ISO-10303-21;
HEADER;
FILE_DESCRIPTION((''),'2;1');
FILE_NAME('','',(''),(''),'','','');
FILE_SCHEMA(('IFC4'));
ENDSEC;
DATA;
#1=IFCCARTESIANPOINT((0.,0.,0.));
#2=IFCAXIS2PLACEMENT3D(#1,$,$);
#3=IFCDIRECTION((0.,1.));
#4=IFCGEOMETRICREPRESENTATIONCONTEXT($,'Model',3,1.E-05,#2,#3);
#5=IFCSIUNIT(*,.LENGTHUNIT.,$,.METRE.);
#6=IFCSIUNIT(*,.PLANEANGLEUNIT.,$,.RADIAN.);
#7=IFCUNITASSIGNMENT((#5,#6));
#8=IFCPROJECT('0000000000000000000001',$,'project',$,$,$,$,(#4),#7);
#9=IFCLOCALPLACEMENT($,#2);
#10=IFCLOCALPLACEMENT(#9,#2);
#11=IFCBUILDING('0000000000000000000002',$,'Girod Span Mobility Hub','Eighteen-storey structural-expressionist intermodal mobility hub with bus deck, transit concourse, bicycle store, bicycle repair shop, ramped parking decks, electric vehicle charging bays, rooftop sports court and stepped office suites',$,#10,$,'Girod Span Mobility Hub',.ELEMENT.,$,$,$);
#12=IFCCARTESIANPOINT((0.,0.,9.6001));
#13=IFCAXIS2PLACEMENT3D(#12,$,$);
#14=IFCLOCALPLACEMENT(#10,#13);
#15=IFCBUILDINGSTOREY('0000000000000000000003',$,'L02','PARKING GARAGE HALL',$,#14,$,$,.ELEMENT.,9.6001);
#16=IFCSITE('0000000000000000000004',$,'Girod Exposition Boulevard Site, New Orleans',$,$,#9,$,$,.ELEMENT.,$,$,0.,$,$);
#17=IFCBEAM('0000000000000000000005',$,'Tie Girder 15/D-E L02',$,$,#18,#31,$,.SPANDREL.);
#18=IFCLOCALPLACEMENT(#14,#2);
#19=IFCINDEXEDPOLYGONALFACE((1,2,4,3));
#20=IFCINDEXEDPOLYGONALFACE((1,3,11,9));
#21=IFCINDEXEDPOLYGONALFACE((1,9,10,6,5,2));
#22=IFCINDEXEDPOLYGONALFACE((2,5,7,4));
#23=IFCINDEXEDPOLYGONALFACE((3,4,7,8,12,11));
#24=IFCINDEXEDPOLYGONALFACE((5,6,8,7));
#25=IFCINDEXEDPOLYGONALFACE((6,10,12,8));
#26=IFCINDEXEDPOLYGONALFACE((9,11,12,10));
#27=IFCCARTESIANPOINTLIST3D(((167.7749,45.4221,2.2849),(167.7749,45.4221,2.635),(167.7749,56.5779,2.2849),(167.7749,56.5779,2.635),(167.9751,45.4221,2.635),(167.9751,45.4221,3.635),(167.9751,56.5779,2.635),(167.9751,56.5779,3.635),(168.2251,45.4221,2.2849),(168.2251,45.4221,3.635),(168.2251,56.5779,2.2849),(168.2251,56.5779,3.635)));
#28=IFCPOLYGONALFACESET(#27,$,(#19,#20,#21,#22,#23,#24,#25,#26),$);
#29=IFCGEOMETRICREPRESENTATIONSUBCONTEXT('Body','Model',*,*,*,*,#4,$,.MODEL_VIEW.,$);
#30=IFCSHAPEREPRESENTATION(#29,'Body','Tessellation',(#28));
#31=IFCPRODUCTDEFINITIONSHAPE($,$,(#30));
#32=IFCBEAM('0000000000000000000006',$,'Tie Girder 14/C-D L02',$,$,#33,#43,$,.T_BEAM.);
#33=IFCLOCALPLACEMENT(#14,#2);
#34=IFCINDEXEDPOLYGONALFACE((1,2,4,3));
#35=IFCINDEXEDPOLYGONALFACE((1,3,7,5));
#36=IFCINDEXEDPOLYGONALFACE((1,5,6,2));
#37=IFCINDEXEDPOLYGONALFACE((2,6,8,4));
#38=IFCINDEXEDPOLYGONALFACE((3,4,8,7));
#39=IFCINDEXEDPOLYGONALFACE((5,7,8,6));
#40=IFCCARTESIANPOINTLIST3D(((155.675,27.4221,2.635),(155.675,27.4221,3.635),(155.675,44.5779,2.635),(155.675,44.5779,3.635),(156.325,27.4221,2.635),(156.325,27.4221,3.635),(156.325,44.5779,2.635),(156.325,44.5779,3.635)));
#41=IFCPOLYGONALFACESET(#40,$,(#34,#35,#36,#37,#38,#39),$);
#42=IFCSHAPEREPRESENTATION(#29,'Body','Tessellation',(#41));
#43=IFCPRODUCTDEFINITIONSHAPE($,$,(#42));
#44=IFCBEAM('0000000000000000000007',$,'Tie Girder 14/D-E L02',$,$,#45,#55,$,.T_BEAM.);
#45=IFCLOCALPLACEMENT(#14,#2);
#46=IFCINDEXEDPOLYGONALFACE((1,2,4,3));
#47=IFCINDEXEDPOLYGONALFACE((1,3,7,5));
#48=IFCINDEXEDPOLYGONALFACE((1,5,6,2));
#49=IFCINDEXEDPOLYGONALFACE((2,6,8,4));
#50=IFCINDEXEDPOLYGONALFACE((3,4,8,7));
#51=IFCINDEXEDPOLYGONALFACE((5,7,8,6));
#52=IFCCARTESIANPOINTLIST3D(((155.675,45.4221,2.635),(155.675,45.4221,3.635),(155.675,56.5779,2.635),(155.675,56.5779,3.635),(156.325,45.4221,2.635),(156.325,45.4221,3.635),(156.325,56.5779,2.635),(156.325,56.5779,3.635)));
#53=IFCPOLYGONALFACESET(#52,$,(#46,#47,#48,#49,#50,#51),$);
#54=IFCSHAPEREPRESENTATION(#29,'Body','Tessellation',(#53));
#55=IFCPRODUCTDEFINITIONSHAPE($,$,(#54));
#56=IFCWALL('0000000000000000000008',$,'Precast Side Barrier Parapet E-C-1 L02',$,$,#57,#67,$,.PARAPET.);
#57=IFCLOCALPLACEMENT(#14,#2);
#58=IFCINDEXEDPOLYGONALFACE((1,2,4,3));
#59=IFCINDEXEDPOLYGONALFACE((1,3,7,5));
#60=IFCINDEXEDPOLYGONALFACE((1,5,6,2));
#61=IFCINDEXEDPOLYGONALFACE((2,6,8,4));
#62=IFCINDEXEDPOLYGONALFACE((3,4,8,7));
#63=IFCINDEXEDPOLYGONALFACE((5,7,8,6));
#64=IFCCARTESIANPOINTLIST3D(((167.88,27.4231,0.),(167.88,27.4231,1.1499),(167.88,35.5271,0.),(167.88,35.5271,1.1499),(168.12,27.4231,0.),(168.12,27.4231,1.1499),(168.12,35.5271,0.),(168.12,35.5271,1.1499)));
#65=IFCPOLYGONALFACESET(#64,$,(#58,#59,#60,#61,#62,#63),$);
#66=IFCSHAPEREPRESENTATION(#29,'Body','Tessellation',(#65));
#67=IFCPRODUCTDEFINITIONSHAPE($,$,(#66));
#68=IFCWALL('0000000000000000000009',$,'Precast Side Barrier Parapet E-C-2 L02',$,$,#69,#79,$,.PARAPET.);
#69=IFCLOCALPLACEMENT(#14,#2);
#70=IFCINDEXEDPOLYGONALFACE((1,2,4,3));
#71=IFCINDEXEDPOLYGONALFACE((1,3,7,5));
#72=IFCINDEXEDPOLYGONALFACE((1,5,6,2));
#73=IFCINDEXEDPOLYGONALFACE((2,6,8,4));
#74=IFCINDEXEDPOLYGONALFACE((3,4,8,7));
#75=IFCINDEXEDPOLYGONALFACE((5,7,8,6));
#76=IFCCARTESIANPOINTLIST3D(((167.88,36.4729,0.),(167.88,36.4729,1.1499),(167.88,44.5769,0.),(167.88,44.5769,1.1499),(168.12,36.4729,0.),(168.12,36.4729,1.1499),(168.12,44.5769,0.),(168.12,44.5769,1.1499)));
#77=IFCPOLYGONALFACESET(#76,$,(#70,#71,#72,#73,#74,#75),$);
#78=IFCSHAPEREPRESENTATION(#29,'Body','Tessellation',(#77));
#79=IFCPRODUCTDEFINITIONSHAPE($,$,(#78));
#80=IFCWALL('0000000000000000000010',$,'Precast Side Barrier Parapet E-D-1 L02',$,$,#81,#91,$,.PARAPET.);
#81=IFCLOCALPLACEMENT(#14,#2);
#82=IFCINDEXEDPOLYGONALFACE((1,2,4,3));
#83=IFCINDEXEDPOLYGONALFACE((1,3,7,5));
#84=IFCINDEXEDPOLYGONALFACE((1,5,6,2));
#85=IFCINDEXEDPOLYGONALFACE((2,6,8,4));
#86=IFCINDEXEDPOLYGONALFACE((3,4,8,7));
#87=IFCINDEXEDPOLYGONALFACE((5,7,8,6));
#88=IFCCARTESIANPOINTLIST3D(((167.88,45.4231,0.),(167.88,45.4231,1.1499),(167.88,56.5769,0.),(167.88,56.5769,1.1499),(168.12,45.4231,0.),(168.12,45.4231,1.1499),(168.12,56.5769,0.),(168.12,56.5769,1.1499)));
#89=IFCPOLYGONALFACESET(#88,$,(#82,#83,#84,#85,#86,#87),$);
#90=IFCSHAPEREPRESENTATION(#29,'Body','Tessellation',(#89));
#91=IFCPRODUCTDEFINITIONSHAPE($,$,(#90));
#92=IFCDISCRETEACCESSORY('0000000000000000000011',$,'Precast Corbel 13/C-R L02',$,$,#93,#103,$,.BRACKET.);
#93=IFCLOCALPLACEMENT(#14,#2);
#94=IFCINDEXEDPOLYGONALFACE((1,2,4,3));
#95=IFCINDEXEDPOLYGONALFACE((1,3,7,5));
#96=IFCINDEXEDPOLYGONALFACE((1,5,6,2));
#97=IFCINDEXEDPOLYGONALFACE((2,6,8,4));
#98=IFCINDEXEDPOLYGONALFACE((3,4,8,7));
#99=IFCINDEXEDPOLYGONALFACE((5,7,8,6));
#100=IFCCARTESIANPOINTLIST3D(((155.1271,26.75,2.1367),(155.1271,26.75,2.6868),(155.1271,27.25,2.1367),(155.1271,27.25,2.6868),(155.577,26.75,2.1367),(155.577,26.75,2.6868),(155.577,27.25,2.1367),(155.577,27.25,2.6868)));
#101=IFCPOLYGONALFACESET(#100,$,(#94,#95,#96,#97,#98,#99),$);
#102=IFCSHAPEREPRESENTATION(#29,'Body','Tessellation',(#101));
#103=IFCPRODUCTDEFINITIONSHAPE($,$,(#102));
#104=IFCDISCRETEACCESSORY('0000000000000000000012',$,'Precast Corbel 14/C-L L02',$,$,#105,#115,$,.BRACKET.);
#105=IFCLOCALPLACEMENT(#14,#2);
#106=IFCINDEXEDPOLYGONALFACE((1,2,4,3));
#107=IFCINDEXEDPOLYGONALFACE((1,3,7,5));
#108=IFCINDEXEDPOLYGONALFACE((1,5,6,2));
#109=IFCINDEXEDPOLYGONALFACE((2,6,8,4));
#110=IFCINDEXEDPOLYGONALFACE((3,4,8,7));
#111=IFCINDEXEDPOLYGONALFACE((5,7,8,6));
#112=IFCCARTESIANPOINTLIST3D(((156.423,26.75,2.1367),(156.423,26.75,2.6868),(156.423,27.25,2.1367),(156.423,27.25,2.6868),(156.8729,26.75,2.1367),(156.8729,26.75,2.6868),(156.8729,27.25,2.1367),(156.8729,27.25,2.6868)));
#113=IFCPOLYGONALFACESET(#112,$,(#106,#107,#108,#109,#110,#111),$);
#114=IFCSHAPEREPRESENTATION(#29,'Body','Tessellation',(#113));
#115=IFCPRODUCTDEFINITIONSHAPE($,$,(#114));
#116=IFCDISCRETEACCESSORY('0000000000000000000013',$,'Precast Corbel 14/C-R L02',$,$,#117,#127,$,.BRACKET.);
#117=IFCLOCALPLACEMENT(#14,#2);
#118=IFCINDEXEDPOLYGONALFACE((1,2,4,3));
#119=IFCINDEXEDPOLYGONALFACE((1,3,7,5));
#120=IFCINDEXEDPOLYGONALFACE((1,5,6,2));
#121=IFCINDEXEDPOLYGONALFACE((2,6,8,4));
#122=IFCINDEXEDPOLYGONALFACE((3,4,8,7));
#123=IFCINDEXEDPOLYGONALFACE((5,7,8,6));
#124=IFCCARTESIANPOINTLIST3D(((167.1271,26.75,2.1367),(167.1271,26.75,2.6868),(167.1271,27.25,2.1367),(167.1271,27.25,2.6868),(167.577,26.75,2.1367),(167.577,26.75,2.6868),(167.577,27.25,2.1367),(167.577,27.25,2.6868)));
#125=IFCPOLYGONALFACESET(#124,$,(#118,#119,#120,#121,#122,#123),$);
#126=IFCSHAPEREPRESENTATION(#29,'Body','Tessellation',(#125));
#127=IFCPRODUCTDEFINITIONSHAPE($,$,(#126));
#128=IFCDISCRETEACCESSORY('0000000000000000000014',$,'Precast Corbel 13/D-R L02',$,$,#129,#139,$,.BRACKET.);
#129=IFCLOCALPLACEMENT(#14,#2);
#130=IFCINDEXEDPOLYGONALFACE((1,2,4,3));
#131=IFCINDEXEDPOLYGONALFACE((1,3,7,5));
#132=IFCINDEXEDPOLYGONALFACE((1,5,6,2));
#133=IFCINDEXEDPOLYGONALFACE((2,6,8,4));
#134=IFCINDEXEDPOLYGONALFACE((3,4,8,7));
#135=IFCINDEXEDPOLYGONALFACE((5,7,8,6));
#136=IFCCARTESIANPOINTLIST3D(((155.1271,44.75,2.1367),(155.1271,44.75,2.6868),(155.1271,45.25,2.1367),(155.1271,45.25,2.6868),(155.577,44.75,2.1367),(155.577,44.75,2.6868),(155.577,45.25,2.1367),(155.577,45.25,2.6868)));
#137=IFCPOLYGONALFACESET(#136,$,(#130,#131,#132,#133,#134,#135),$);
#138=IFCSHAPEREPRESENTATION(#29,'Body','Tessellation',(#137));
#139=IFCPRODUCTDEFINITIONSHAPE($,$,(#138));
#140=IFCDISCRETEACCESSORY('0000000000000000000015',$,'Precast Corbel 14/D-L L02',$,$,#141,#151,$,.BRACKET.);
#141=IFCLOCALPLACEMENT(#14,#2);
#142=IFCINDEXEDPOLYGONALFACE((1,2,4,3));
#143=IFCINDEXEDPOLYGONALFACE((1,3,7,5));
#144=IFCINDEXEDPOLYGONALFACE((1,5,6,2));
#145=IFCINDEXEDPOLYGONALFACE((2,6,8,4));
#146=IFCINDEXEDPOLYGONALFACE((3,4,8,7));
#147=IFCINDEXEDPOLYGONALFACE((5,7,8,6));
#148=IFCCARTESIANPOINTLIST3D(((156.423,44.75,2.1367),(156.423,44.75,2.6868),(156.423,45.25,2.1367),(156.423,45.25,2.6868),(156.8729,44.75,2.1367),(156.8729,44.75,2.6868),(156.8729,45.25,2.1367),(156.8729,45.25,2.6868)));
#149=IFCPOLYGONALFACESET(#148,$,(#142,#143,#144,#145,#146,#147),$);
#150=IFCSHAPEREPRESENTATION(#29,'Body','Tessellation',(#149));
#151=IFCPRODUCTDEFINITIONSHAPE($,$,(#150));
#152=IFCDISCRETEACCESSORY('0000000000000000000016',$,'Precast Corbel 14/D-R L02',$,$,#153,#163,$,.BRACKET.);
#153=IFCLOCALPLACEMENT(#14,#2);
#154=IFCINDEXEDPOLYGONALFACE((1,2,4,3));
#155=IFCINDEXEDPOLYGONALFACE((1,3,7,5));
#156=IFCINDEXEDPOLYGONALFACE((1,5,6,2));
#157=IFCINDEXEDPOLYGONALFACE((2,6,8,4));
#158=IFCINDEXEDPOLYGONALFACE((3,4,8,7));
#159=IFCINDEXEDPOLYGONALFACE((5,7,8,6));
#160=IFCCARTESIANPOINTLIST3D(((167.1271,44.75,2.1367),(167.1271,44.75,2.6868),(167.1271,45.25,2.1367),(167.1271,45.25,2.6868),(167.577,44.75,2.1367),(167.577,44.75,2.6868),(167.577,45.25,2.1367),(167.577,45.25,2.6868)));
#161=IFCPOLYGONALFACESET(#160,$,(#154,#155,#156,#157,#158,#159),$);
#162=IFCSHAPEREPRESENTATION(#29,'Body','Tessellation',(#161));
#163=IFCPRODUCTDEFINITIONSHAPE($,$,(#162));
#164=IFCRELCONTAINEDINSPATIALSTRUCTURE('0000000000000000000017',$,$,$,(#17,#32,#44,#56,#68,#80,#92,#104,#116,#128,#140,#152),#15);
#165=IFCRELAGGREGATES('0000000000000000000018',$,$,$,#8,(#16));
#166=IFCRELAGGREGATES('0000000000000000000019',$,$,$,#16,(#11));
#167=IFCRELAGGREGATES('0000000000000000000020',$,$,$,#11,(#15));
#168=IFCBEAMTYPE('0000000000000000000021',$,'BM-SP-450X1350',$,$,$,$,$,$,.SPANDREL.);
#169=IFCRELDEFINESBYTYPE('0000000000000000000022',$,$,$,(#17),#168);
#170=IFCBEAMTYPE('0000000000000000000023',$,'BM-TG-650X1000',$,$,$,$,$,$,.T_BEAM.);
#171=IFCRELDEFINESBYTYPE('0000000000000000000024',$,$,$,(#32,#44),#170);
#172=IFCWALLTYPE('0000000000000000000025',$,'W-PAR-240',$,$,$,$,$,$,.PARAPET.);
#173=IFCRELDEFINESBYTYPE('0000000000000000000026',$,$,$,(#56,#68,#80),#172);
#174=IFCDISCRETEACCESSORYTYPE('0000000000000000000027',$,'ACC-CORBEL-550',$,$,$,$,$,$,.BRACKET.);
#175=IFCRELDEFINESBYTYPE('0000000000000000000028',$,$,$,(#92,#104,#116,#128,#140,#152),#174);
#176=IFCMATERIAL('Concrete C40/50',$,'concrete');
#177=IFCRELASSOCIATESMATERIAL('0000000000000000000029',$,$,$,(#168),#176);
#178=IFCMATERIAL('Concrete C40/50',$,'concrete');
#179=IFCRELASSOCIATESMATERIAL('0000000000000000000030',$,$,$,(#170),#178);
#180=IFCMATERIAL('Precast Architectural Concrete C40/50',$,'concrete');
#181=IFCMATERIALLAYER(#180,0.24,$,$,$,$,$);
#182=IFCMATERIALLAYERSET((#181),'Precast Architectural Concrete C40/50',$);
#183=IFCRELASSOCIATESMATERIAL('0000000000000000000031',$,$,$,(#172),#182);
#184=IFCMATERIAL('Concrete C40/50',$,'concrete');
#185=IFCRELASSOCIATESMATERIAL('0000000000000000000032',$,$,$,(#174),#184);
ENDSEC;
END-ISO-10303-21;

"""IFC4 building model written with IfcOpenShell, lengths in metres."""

from ifc_helpers import new_model, si_unit, direction, frame, frame_2d, origin, origin_2d, place, context, subcontext, project, spatial, polyline, rectangle, outline, extrude, material, layer, layer_set, material_profile, profile_set, type_object, element, save


model = new_model("IFC4")

# Units and contexts
model_context = context("Model", 3, precision=1e-05, world=origin(), true_north=direction((0.0, 1.0)))
body_context = subcontext(model_context, "Body", "Model", "MODEL_VIEW")
ifc_project = project(units=[si_unit("LENGTHUNIT", "METRE"), si_unit("PLANEANGLEUNIT", "RADIAN")], contexts=[model_context])

# Site, building, storey
site_placement = place(None, origin())
site = spatial("IfcSite", under=ifc_project, at=site_placement, Name="Girod Exposition Boulevard Site, New Orleans", CompositionType="ELEMENT", RefElevation=0.0)
building_placement = place(site_placement, origin())
building = spatial("IfcBuilding", under=site, at=building_placement, Name="Girod Span Mobility Hub", Description="Eighteen-storey structural-expressionist intermodal mobility hub with bus deck, transit concourse, bicycle store, bicycle repair shop, ramped parking decks, electric vehicle charging bays, rooftop sports court and stepped office suites", LongName="Girod Span Mobility Hub", CompositionType="ELEMENT")
storey_placement = place(building_placement, frame((0.0, 0.0, 9.6001)))
storey = spatial("IfcBuildingStorey", under=building, at=storey_placement, Name="L02", Description="PARKING GARAGE HALL", CompositionType="ELEMENT", Elevation=9.6001)

# Beams
ifc_material_1 = material(Name="Concrete C40/50", Category="concrete")
ifc_material_profile_1 = material_profile(ifc_material_1, outline(polyline([(-0.2251, -0.675), (0.2251, -0.675), (0.2251, -0.325), (0.0249, -0.325), (0.0249, 0.675), (-0.2251, 0.675), (-0.2251, -0.675)])), Name="SP-450X1350")
ifc_profile_set_1 = profile_set([ifc_material_profile_1], Name="Concrete C40/50")
beam_type_1 = type_object("IfcBeamType", Name="BM-SP-450X1350", PredefinedType="SPANDREL", material=ifc_profile_set_1)
beam_1_placement = place(storey_placement, frame((168.0, 45.4221, 2.96), z_axis=(0.0, 1.0, 0.0), x_axis=(-1.0, 0.0, 0.0)))
element("IfcBeam", 1, at=beam_1_placement, inside=storey, type_object=beam_type_1, Name="Tie Girder 15/D-E L02", PredefinedType="SPANDREL", context=body_context, shape_type="SweptSolid", body=[
    extrude(outline(polyline([(-0.2251, -0.675), (0.2251, -0.675), (0.2251, -0.325), (0.0249, -0.325), (0.0249, 0.675), (-0.2251, 0.675), (-0.2251, -0.675)])), origin(), (0.0, 0.0, 1.0), 11.1558),
])
ifc_material_2 = material(Name="Concrete C40/50", Category="concrete")
ifc_material_profile_2 = material_profile(ifc_material_2, rectangle(XDim=0.6499, YDim=1.0, at=origin_2d()), Name="TG-650X1000")
ifc_profile_set_2 = profile_set([ifc_material_profile_2], Name="Concrete C40/50")
beam_type_2 = type_object("IfcBeamType", Name="BM-TG-650X1000", PredefinedType="T_BEAM", material=ifc_profile_set_2)
beam_2_placement = place(storey_placement, frame((156.0, 27.4221, 3.135), z_axis=(0.0, 1.0, 0.0), x_axis=(-1.0, 0.0, 0.0)))
element("IfcBeam", 2, at=beam_2_placement, inside=storey, type_object=beam_type_2, Name="Tie Girder 14/C-D L02", PredefinedType="T_BEAM", context=body_context, shape_type="SweptSolid", body=[
    extrude(rectangle(XDim=0.6499, YDim=1.0, at=origin_2d()), origin(), (0.0, 0.0, 1.0), 17.1558),
])
beam_3_placement = place(storey_placement, frame((156.0, 45.4221, 3.135), z_axis=(0.0, 1.0, 0.0), x_axis=(-1.0, 0.0, 0.0)))
element("IfcBeam", 3, at=beam_3_placement, inside=storey, type_object=beam_type_2, Name="Tie Girder 14/D-E L02", PredefinedType="T_BEAM", context=body_context, shape_type="SweptSolid", body=[
    extrude(rectangle(XDim=0.6499, YDim=1.0, at=origin_2d()), origin(), (0.0, 0.0, 1.0), 11.1558),
])

# Walls
ifc_material_3 = material(Name="Precast Architectural Concrete C40/50", Category="concrete")
ifc_layer = layer(ifc_material_3, 0.24)
ifc_layer_set = layer_set([ifc_layer], Name="Precast Architectural Concrete C40/50")
wall_type = type_object("IfcWallType", Name="W-PAR-240", PredefinedType="PARAPET", material=ifc_layer_set)
for number, where, z_axis, x_axis, name in (
    (4, (168.0, 27.4231, 0.0), (0.0, 0.0, 1.0), (0.0, 1.0, 0.0), "Precast Side Barrier Parapet E-C-1 L02"),
    (5, (168.0, 36.4729, 0.0), (0.0, 0.0, 1.0), (0.0, 1.0, 0.0), "Precast Side Barrier Parapet E-C-2 L02"),
):
    element("IfcWall", number, at=place(storey_placement, frame(where, z_axis=z_axis, x_axis=x_axis)), inside=storey, type_object=wall_type, Name=name, PredefinedType="PARAPET", context=body_context, shape_type="SweptSolid", body=[
        extrude(rectangle(XDim=8.104, YDim=0.24, at=frame_2d((4.052, 0.0))), origin(), (0.0, 0.0, 1.0), 1.1499),
    ])
wall_placement = place(storey_placement, frame((168.0, 45.4231, 0.0), z_axis=(0.0, 0.0, 1.0), x_axis=(0.0, 1.0, 0.0)))
element("IfcWall", 6, at=wall_placement, inside=storey, type_object=wall_type, Name="Precast Side Barrier Parapet E-D-1 L02", PredefinedType="PARAPET", context=body_context, shape_type="SweptSolid", body=[
    extrude(rectangle(XDim=11.1538, YDim=0.24, at=frame_2d((5.5769, 0.0))), origin(), (0.0, 0.0, 1.0), 1.1499),
])

# Discrete accessories
ifc_material_4 = material(Name="Concrete C40/50", Category="concrete")
discrete_accessory_type = type_object("IfcDiscreteAccessoryType", Name="ACC-CORBEL-550", PredefinedType="BRACKET", material=ifc_material_4)
for number, where, z_axis, x_axis, name in (
    (7, (155.3521, 27.0, 2.1367), (0.0, 0.0, 1.0), (1.0, 0.0, 0.0), "Precast Corbel 13/C-R L02"),
    (8, (156.6479, 27.0, 2.1367), (0.0, 0.0, 1.0), (1.0, 0.0, 0.0), "Precast Corbel 14/C-L L02"),
    (9, (167.3521, 27.0, 2.1367), (0.0, 0.0, 1.0), (1.0, 0.0, 0.0), "Precast Corbel 14/C-R L02"),
    (10, (155.3521, 45.0, 2.1367), (0.0, 0.0, 1.0), (1.0, 0.0, 0.0), "Precast Corbel 13/D-R L02"),
    (11, (156.6479, 45.0, 2.1367), (0.0, 0.0, 1.0), (1.0, 0.0, 0.0), "Precast Corbel 14/D-L L02"),
    (12, (167.3521, 45.0, 2.1367), (0.0, 0.0, 1.0), (1.0, 0.0, 0.0), "Precast Corbel 14/D-R L02"),
):
    element("IfcDiscreteAccessory", number, at=place(storey_placement, frame(where, z_axis=z_axis, x_axis=x_axis)), inside=storey, type_object=discrete_accessory_type, Name=name, PredefinedType="BRACKET", context=body_context, shape_type="SweptSolid", body=[
        extrude(rectangle(XDim=0.45, YDim=0.5, at=origin_2d()), origin(), (0.0, 0.0, 1.0), 0.55),
    ])

save(model, "model.ifc")
